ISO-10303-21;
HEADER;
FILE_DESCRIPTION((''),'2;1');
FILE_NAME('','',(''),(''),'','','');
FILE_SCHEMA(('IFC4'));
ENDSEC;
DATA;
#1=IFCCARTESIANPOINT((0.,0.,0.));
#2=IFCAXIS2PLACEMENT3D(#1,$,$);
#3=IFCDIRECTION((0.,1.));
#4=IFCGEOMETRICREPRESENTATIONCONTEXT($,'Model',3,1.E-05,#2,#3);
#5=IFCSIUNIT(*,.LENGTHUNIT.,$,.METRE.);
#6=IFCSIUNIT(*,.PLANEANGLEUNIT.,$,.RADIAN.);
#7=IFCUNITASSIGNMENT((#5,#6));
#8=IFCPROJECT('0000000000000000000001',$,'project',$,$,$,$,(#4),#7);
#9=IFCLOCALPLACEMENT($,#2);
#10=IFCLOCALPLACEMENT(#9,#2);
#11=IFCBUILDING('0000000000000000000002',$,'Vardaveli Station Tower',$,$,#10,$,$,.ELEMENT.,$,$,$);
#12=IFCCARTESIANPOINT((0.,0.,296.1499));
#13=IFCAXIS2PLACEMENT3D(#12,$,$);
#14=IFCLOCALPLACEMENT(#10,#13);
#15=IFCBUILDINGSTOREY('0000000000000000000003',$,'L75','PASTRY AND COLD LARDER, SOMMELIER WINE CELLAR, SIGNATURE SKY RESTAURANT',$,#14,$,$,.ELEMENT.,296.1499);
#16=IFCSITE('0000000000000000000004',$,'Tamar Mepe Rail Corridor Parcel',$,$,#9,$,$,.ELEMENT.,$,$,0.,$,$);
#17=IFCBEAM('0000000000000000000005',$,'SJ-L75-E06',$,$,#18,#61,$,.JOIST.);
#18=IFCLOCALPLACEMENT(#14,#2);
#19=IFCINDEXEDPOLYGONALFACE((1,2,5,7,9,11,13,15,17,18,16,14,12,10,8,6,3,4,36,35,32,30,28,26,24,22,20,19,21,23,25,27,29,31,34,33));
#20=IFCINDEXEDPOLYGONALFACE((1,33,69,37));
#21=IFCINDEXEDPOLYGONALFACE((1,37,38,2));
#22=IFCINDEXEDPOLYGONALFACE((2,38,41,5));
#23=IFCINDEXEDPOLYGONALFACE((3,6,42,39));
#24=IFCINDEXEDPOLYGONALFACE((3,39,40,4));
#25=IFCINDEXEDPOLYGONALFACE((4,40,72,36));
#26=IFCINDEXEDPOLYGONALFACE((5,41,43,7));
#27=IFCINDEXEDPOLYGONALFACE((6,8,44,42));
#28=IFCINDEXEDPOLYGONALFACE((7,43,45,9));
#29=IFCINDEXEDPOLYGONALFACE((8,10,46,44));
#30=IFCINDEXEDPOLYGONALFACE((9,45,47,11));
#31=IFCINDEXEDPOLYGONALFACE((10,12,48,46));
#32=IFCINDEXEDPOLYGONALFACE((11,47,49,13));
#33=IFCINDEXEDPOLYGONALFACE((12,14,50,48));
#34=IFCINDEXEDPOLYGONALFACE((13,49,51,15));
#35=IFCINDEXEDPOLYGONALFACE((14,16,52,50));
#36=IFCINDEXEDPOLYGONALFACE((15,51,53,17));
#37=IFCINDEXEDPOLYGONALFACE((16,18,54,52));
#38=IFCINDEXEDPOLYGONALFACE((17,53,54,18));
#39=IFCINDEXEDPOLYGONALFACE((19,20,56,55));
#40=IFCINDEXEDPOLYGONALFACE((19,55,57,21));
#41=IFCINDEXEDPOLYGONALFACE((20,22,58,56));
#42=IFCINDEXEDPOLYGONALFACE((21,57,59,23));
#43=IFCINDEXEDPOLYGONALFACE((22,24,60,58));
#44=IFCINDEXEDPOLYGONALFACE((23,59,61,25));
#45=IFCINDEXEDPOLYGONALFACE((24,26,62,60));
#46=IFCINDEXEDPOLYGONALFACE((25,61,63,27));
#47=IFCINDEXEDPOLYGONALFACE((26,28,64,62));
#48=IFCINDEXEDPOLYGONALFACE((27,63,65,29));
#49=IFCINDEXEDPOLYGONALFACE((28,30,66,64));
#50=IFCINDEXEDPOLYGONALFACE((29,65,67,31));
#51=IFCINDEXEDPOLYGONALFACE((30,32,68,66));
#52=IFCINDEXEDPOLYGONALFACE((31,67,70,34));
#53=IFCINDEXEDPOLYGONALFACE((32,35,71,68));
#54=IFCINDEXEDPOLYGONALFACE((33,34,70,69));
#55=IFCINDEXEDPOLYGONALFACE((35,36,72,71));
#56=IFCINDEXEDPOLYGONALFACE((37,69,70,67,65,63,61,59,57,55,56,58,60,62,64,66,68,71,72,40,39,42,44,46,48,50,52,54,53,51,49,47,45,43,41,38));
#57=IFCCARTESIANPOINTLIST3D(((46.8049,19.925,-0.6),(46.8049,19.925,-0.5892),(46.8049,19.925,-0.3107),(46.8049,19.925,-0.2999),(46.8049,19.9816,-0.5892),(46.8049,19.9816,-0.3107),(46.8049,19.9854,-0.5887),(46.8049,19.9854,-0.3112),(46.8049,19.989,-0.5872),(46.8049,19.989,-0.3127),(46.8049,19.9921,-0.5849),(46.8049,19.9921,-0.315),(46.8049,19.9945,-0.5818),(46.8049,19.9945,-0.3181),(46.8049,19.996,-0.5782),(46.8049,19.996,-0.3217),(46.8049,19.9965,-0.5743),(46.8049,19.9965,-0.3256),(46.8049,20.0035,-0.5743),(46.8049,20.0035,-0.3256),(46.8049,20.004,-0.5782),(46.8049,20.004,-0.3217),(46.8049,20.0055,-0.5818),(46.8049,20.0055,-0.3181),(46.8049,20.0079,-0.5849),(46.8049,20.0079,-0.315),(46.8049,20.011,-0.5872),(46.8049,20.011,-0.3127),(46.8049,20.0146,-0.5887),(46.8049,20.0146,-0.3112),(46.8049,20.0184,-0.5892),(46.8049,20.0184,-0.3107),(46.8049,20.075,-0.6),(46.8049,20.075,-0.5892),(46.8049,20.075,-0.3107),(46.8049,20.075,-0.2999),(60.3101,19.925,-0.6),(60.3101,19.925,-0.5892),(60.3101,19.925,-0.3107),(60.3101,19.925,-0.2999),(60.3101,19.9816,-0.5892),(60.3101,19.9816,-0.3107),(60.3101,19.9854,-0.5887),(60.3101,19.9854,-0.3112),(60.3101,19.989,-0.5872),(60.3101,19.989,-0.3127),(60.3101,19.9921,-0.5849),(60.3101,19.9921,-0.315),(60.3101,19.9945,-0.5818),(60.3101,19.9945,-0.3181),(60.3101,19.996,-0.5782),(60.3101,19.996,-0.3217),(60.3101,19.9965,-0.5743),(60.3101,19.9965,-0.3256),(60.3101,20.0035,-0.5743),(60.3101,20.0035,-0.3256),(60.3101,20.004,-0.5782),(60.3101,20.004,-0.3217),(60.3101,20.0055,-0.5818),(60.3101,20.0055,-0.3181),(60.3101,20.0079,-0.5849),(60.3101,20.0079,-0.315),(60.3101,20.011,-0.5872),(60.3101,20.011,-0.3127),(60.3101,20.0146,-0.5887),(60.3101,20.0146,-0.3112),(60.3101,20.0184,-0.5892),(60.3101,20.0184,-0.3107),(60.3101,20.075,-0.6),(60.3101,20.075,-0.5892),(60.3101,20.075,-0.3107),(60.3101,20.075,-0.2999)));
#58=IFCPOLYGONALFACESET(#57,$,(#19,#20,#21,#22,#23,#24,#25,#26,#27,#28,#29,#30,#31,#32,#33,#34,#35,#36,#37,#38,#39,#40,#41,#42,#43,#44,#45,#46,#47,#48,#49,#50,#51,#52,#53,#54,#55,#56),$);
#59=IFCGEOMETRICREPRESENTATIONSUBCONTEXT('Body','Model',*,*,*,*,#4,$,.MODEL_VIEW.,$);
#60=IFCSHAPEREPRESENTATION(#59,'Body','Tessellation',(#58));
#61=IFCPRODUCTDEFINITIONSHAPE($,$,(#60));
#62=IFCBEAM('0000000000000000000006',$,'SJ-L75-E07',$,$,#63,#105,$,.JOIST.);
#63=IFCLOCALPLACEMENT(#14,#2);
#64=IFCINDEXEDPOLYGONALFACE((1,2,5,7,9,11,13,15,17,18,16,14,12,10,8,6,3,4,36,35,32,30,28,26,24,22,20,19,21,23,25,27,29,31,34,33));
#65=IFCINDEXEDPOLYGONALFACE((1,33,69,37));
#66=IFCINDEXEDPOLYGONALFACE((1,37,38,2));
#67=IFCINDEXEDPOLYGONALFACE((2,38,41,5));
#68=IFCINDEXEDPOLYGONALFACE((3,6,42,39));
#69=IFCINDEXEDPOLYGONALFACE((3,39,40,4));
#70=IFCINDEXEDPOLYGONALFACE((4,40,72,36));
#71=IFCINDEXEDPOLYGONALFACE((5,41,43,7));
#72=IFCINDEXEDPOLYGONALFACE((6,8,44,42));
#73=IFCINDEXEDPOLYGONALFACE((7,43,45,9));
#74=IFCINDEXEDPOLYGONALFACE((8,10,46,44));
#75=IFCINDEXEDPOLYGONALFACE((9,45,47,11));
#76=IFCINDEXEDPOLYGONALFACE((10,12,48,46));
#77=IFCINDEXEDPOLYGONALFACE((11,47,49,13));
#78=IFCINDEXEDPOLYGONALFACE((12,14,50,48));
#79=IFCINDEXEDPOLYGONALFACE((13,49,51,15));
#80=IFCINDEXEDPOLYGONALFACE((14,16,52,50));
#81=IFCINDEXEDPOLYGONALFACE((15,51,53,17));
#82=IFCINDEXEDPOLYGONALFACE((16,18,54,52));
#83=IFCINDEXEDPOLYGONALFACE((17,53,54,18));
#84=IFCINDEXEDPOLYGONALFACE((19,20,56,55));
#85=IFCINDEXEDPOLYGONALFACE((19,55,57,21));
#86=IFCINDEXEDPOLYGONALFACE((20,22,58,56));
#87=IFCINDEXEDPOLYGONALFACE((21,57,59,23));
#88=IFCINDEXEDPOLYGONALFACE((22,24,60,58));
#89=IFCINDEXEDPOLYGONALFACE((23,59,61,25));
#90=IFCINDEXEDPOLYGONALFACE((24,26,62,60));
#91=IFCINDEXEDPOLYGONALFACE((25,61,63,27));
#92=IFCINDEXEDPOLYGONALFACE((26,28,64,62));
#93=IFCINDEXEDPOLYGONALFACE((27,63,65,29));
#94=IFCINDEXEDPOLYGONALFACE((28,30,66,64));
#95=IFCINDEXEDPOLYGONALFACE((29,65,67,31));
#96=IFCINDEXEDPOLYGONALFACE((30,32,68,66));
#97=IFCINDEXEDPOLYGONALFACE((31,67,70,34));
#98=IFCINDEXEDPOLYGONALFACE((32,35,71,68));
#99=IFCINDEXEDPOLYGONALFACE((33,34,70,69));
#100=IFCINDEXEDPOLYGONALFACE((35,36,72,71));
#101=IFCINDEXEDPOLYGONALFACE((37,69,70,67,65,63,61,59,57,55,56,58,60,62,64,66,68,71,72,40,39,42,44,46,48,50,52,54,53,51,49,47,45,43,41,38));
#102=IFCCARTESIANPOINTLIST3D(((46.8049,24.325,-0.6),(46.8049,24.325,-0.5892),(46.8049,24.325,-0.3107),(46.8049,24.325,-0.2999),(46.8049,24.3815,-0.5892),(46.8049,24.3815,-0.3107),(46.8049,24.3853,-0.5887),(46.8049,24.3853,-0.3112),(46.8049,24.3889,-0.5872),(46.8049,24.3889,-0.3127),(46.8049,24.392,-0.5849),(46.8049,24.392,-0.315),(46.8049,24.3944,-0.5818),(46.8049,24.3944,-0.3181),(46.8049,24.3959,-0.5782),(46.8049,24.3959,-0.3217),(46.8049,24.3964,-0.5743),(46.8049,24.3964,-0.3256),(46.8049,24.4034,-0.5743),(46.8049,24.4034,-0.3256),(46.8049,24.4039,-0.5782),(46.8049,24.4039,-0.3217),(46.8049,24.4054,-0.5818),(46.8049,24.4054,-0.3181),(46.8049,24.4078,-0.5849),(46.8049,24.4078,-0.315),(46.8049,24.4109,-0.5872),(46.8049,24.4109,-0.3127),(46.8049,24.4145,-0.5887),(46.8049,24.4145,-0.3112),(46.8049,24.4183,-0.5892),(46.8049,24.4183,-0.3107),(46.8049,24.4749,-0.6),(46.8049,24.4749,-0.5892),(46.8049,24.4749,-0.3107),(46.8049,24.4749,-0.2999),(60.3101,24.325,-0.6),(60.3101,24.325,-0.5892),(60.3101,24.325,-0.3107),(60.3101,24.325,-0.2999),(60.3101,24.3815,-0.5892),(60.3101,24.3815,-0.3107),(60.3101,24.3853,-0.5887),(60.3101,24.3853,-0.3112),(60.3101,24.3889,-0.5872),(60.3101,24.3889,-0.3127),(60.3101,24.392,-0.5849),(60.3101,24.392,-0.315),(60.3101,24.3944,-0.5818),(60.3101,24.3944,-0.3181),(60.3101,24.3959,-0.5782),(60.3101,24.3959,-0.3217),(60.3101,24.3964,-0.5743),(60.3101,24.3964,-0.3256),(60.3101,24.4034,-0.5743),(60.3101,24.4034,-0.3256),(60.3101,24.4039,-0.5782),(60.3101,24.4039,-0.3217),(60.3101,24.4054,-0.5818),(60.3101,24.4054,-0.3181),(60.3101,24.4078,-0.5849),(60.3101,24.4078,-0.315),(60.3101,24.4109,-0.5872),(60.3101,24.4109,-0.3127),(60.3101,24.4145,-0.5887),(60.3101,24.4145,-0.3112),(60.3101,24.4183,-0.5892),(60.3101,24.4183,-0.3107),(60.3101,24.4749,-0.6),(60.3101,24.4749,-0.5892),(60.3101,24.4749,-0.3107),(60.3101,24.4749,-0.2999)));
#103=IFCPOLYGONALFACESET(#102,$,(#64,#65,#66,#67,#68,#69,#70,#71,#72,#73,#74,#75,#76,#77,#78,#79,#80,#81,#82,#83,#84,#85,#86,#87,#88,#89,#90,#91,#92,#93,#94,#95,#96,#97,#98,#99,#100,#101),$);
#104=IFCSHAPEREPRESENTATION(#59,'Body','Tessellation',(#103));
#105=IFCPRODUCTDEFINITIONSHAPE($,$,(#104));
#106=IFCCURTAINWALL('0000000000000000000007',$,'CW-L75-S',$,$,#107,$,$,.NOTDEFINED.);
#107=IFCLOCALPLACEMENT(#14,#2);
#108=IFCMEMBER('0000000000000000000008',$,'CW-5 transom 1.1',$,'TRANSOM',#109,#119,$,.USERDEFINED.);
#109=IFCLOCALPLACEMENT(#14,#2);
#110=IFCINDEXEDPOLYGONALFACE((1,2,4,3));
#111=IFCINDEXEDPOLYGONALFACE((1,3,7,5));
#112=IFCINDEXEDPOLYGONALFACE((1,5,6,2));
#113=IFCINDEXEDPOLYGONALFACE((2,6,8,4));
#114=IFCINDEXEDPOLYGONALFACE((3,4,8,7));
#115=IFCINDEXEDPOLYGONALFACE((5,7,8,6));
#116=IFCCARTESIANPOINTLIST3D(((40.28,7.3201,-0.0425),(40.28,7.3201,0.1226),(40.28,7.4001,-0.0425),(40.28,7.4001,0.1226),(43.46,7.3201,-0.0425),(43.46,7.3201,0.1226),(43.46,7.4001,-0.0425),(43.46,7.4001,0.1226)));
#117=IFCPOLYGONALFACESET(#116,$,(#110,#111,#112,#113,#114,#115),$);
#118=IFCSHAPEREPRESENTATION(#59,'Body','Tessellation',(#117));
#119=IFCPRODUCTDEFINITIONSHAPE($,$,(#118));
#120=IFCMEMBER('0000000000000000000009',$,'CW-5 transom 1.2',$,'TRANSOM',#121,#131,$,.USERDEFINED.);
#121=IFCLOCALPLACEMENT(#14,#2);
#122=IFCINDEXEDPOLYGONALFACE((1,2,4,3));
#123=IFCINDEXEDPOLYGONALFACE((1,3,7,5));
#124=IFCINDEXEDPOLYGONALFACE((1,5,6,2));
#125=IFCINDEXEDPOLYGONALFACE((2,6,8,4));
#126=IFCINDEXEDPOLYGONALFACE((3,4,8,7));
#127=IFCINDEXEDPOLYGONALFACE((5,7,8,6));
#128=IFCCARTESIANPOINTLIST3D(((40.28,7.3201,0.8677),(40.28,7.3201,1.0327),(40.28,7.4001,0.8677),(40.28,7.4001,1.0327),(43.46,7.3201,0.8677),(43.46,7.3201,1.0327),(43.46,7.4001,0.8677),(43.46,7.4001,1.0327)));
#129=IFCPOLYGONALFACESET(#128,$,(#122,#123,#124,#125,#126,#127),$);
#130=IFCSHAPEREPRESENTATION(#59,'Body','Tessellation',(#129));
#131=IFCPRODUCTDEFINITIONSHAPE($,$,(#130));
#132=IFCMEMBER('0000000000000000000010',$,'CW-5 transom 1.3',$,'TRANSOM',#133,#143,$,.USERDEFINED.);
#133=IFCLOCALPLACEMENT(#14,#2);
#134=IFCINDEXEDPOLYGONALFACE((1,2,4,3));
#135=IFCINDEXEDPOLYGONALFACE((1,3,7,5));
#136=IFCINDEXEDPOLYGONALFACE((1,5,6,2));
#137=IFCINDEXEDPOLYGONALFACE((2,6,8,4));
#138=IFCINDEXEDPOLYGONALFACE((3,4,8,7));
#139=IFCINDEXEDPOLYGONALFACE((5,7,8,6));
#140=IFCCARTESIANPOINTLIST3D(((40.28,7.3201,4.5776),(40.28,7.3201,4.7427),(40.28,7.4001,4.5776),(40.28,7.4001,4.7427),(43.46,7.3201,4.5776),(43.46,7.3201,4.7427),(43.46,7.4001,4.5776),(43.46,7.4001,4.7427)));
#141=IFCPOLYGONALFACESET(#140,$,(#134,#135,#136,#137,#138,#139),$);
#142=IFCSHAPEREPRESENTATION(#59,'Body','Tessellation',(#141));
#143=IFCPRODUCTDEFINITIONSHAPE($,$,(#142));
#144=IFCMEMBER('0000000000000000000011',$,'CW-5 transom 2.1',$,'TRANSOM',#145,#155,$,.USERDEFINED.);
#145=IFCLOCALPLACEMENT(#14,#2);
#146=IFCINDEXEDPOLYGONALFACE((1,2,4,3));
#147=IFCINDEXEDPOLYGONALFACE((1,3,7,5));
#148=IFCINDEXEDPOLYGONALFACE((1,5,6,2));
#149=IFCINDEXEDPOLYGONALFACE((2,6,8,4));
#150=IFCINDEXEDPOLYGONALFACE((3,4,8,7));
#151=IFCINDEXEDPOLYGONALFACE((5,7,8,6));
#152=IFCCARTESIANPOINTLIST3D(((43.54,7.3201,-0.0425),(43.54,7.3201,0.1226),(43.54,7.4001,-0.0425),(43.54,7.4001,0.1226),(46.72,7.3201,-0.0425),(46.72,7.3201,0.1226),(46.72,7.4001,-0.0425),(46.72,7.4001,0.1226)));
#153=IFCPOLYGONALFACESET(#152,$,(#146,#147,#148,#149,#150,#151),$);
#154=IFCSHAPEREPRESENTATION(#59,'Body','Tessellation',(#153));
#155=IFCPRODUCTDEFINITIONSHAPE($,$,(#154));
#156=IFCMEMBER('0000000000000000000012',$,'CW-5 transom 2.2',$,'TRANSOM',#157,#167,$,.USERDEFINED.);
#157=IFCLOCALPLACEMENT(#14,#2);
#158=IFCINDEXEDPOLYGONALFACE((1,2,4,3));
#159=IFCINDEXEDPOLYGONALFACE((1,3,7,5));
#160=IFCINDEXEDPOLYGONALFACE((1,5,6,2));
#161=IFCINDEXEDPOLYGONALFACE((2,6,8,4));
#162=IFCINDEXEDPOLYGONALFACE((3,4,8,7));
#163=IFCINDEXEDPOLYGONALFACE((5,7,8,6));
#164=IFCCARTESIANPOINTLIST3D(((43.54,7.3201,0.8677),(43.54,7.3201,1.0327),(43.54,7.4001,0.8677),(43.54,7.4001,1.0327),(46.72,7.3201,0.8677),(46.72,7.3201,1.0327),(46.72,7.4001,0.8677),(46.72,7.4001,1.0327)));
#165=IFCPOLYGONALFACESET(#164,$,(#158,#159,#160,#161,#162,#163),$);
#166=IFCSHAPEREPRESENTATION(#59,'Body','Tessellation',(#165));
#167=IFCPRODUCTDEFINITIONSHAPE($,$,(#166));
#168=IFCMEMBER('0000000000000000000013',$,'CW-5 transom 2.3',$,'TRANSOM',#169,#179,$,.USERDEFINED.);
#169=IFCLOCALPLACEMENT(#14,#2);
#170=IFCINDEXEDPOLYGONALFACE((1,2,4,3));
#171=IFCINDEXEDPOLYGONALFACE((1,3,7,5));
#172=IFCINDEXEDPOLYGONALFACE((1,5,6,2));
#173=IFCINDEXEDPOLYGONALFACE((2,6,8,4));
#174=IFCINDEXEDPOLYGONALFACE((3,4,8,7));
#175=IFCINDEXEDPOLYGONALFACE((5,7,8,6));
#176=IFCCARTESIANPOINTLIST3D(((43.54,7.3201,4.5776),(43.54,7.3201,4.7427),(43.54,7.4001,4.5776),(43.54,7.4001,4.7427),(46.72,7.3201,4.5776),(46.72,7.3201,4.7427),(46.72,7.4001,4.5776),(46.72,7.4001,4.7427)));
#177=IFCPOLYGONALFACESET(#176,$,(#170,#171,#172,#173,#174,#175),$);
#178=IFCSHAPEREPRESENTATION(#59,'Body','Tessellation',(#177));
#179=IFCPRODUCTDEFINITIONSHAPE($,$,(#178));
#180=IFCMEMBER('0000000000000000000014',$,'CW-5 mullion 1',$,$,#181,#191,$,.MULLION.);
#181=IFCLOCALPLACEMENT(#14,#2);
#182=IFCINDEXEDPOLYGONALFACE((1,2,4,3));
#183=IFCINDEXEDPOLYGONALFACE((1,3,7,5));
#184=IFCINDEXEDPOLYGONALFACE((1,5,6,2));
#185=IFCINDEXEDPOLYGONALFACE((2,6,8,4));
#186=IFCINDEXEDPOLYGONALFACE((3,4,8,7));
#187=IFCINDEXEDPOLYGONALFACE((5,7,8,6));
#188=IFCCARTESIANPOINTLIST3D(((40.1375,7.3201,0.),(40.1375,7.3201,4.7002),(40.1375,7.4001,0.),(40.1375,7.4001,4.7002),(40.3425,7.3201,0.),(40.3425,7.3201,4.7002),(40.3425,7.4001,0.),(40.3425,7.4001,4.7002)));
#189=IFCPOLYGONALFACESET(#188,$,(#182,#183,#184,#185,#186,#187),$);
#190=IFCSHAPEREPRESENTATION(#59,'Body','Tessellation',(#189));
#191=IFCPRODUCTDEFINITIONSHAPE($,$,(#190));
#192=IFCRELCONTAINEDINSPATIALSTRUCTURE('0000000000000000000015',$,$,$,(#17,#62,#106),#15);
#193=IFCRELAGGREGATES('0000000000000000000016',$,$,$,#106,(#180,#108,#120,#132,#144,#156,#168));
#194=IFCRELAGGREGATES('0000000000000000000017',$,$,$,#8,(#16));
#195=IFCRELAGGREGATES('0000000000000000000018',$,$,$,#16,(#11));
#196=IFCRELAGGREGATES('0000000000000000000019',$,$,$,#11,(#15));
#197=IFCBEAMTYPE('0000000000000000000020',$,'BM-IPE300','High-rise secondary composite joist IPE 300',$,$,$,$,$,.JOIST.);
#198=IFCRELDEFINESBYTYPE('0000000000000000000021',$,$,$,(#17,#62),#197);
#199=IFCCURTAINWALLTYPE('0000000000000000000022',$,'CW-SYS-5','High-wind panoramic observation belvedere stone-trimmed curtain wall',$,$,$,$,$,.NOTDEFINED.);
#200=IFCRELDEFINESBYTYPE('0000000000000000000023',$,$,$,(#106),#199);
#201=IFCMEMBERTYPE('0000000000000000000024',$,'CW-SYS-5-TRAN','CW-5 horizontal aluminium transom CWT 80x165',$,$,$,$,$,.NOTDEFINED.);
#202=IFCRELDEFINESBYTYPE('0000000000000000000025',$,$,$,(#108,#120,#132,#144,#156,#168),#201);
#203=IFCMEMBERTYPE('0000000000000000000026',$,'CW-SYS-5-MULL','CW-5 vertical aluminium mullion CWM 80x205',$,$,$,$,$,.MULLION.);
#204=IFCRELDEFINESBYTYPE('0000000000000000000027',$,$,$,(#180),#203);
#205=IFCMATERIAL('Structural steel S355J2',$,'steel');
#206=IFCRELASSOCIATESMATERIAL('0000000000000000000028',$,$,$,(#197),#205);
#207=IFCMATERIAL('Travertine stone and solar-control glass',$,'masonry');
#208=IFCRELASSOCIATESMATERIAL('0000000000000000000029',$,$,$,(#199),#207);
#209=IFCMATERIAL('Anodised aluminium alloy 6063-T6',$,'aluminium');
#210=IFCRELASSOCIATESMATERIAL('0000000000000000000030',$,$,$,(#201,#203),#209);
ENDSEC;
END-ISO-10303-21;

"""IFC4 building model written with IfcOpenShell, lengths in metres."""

from ifc_helpers import new_model, si_unit, direction, frame, origin, origin_2d, place, context, subcontext, project, spatial, rectangle, i_section, extrude, source, transform, mapped, material, material_profile, profile_set, type_object, element, aggregate, save


model = new_model("IFC4")

# Units and contexts
model_context = context("Model", 3, precision=1e-05, world=origin(), true_north=direction((0.0, 1.0)))
body_context = subcontext(model_context, "Body", "Model", "MODEL_VIEW")
ifc_project = project(units=[si_unit("LENGTHUNIT", "METRE"), si_unit("PLANEANGLEUNIT", "RADIAN")], contexts=[model_context])

# Site, building, storey
site_placement = place(None, origin())
site = spatial("IfcSite", under=ifc_project, at=site_placement, Name="Tamar Mepe Rail Corridor Parcel", CompositionType="ELEMENT", RefElevation=0.0)
building_placement = place(site_placement, origin())
building = spatial("IfcBuilding", under=site, at=building_placement, Name="Vardaveli Station Tower", CompositionType="ELEMENT")
storey_placement = place(building_placement, frame((0.0, 0.0, 296.1499)))
storey = spatial("IfcBuildingStorey", under=building, at=storey_placement, Name="L75", Description="PASTRY AND COLD LARDER, SOMMELIER WINE CELLAR, SIGNATURE SKY RESTAURANT", CompositionType="ELEMENT", Elevation=296.1499)

# Shared definitions
ifc_material_1 = material(Name="Structural steel S355J2", Category="steel")

# Beams
ifc_material_profile_1 = material_profile(ifc_material_1, i_section(OverallWidth=0.1499, OverallDepth=0.3, WebThickness=0.0071, FlangeThickness=0.0107, FilletRadius=0.0149, at=origin_2d()), Name="IPE 300")
ifc_profile_set_1 = profile_set([ifc_material_profile_1], Name="Structural steel S355J2")
beam_type_1 = type_object("IfcBeamType", Name="BM-IPE300", Description="High-rise secondary composite joist IPE 300", PredefinedType="JOIST", material=ifc_profile_set_1)
shared_shape_1 = source(origin(), body_context, "Body", "SweptSolid", [
    extrude(i_section(OverallWidth=0.1499, OverallDepth=0.3, WebThickness=0.0071, FlangeThickness=0.0107, FilletRadius=0.0149, at=origin_2d()), origin(), (0.0, 0.0, 1.0), 13.5051),
])
for number, where, z_axis, x_axis, name in (
    (1, (46.8049, 20.0, -0.45), (1.0, 0.0, 0.0), (0.0, 1.0, 0.0), "SJ-L75-E06"),
    (2, (46.8049, 24.3999, -0.45), (1.0, 0.0, 0.0), (0.0, 1.0, 0.0), "SJ-L75-E07"),
):
    element("IfcBeam", number, at=place(storey_placement, frame(where, z_axis=z_axis, x_axis=x_axis)), inside=storey, type_object=beam_type_1, Name=name, PredefinedType="JOIST", context=body_context, shape_type="MappedRepresentation", body=[
        mapped(shared_shape_1, transform((0.0, 0.0, 0.0), scale=1.0)),
    ])

# Curtain wall, members
ifc_material_2 = material(Name="Travertine stone and solar-control glass", Category="masonry")
curtain_wall_type = type_object("IfcCurtainWallType", Name="CW-SYS-5", Description="High-wind panoramic observation belvedere stone-trimmed curtain wall", PredefinedType="NOTDEFINED", material=ifc_material_2)
curtain_wall_placement = place(storey_placement, origin())
curtain_wall = element("IfcCurtainWall", 3, at=curtain_wall_placement, inside=storey, type_object=curtain_wall_type, Name="CW-L75-S", PredefinedType="NOTDEFINED")
ifc_material_3 = material(Name="Anodised aluminium alloy 6063-T6", Category="aluminium")
ifc_material_profile_2 = material_profile(ifc_material_3, rectangle(XDim=0.0801, YDim=0.165, at=origin_2d()), Name="CWT 80x165")
ifc_profile_set_2 = profile_set([ifc_material_profile_2], Name="Anodised aluminium alloy 6063-T6")
member_type_1 = type_object("IfcMemberType", Name="CW-SYS-5-TRAN", Description="CW-5 horizontal aluminium transom CWT 80x165", PredefinedType="NOTDEFINED", material=ifc_profile_set_2)
shared_shape_2 = source(origin(), body_context, "Body", "SweptSolid", [
    extrude(rectangle(XDim=0.0801, YDim=0.165, at=origin_2d()), origin(), (0.0, 0.0, 1.0), 3.1799),
])
member_1_placement = place(storey_placement, frame((40.28, 7.3601, 0.04), z_axis=(1.0, 0.0, 0.0), x_axis=(0.0, 1.0, 0.0)))
member_1 = element("IfcMember", 4, at=member_1_placement, type_object=member_type_1, Name="CW-5 transom 1.1", ObjectType="TRANSOM", PredefinedType="USERDEFINED", context=body_context, shape_type="MappedRepresentation", body=[
    mapped(shared_shape_2, transform((0.0, 0.0, 0.0), scale=1.0)),
])
member_2_placement = place(storey_placement, frame((40.28, 7.3601, 0.9502), z_axis=(1.0, 0.0, 0.0), x_axis=(0.0, 1.0, 0.0)))
member_2 = element("IfcMember", 5, at=member_2_placement, type_object=member_type_1, Name="CW-5 transom 1.2", ObjectType="TRANSOM", PredefinedType="USERDEFINED", context=body_context, shape_type="MappedRepresentation", body=[
    mapped(shared_shape_2, transform((0.0, 0.0, 0.0), scale=1.0)),
])
member_3_placement = place(storey_placement, frame((40.28, 7.3601, 4.6602), z_axis=(1.0, 0.0, 0.0), x_axis=(0.0, 1.0, 0.0)))
member_3 = element("IfcMember", 6, at=member_3_placement, type_object=member_type_1, Name="CW-5 transom 1.3", ObjectType="TRANSOM", PredefinedType="USERDEFINED", context=body_context, shape_type="MappedRepresentation", body=[
    mapped(shared_shape_2, transform((0.0, 0.0, 0.0), scale=1.0)),
])
member_4_placement = place(storey_placement, frame((43.54, 7.3601, 0.04), z_axis=(1.0, 0.0, 0.0), x_axis=(0.0, 1.0, 0.0)))
member_4 = element("IfcMember", 7, at=member_4_placement, type_object=member_type_1, Name="CW-5 transom 2.1", ObjectType="TRANSOM", PredefinedType="USERDEFINED", context=body_context, shape_type="MappedRepresentation", body=[
    mapped(shared_shape_2, transform((0.0, 0.0, 0.0), scale=1.0)),
])
member_5_placement = place(storey_placement, frame((43.54, 7.3601, 0.9502), z_axis=(1.0, 0.0, 0.0), x_axis=(0.0, 1.0, 0.0)))
member_5 = element("IfcMember", 8, at=member_5_placement, type_object=member_type_1, Name="CW-5 transom 2.2", ObjectType="TRANSOM", PredefinedType="USERDEFINED", context=body_context, shape_type="MappedRepresentation", body=[
    mapped(shared_shape_2, transform((0.0, 0.0, 0.0), scale=1.0)),
])
member_6_placement = place(storey_placement, frame((43.54, 7.3601, 4.6602), z_axis=(1.0, 0.0, 0.0), x_axis=(0.0, 1.0, 0.0)))
member_6 = element("IfcMember", 9, at=member_6_placement, type_object=member_type_1, Name="CW-5 transom 2.3", ObjectType="TRANSOM", PredefinedType="USERDEFINED", context=body_context, shape_type="MappedRepresentation", body=[
    mapped(shared_shape_2, transform((0.0, 0.0, 0.0), scale=1.0)),
])
ifc_material_profile_3 = material_profile(ifc_material_3, rectangle(XDim=0.0801, YDim=0.2051, at=origin_2d()), Name="CWM 80x205")
ifc_profile_set_3 = profile_set([ifc_material_profile_3], Name="Anodised aluminium alloy 6063-T6")
member_type_2 = type_object("IfcMemberType", Name="CW-SYS-5-MULL", Description="CW-5 vertical aluminium mullion CWM 80x205", PredefinedType="MULLION", material=ifc_profile_set_3)
shared_shape_3 = source(origin(), body_context, "Body", "SweptSolid", [
    extrude(rectangle(XDim=0.0801, YDim=0.2051, at=origin_2d()), origin(), (0.0, 0.0, 1.0), 4.7002),
])
member_7_placement = place(storey_placement, frame((40.24, 7.3601, 0.0), z_axis=(0.0, 0.0, 1.0), x_axis=(0.0, 1.0, 0.0)))
member_7 = element("IfcMember", 10, at=member_7_placement, type_object=member_type_2, Name="CW-5 mullion 1", PredefinedType="MULLION", context=body_context, shape_type="MappedRepresentation", body=[
    mapped(shared_shape_3, transform((0.0, 0.0, 0.0), scale=1.0)),
])
aggregate(curtain_wall, [member_7, member_1, member_2, member_3, member_4, member_5, member_6])

save(model, "model.ifc")
